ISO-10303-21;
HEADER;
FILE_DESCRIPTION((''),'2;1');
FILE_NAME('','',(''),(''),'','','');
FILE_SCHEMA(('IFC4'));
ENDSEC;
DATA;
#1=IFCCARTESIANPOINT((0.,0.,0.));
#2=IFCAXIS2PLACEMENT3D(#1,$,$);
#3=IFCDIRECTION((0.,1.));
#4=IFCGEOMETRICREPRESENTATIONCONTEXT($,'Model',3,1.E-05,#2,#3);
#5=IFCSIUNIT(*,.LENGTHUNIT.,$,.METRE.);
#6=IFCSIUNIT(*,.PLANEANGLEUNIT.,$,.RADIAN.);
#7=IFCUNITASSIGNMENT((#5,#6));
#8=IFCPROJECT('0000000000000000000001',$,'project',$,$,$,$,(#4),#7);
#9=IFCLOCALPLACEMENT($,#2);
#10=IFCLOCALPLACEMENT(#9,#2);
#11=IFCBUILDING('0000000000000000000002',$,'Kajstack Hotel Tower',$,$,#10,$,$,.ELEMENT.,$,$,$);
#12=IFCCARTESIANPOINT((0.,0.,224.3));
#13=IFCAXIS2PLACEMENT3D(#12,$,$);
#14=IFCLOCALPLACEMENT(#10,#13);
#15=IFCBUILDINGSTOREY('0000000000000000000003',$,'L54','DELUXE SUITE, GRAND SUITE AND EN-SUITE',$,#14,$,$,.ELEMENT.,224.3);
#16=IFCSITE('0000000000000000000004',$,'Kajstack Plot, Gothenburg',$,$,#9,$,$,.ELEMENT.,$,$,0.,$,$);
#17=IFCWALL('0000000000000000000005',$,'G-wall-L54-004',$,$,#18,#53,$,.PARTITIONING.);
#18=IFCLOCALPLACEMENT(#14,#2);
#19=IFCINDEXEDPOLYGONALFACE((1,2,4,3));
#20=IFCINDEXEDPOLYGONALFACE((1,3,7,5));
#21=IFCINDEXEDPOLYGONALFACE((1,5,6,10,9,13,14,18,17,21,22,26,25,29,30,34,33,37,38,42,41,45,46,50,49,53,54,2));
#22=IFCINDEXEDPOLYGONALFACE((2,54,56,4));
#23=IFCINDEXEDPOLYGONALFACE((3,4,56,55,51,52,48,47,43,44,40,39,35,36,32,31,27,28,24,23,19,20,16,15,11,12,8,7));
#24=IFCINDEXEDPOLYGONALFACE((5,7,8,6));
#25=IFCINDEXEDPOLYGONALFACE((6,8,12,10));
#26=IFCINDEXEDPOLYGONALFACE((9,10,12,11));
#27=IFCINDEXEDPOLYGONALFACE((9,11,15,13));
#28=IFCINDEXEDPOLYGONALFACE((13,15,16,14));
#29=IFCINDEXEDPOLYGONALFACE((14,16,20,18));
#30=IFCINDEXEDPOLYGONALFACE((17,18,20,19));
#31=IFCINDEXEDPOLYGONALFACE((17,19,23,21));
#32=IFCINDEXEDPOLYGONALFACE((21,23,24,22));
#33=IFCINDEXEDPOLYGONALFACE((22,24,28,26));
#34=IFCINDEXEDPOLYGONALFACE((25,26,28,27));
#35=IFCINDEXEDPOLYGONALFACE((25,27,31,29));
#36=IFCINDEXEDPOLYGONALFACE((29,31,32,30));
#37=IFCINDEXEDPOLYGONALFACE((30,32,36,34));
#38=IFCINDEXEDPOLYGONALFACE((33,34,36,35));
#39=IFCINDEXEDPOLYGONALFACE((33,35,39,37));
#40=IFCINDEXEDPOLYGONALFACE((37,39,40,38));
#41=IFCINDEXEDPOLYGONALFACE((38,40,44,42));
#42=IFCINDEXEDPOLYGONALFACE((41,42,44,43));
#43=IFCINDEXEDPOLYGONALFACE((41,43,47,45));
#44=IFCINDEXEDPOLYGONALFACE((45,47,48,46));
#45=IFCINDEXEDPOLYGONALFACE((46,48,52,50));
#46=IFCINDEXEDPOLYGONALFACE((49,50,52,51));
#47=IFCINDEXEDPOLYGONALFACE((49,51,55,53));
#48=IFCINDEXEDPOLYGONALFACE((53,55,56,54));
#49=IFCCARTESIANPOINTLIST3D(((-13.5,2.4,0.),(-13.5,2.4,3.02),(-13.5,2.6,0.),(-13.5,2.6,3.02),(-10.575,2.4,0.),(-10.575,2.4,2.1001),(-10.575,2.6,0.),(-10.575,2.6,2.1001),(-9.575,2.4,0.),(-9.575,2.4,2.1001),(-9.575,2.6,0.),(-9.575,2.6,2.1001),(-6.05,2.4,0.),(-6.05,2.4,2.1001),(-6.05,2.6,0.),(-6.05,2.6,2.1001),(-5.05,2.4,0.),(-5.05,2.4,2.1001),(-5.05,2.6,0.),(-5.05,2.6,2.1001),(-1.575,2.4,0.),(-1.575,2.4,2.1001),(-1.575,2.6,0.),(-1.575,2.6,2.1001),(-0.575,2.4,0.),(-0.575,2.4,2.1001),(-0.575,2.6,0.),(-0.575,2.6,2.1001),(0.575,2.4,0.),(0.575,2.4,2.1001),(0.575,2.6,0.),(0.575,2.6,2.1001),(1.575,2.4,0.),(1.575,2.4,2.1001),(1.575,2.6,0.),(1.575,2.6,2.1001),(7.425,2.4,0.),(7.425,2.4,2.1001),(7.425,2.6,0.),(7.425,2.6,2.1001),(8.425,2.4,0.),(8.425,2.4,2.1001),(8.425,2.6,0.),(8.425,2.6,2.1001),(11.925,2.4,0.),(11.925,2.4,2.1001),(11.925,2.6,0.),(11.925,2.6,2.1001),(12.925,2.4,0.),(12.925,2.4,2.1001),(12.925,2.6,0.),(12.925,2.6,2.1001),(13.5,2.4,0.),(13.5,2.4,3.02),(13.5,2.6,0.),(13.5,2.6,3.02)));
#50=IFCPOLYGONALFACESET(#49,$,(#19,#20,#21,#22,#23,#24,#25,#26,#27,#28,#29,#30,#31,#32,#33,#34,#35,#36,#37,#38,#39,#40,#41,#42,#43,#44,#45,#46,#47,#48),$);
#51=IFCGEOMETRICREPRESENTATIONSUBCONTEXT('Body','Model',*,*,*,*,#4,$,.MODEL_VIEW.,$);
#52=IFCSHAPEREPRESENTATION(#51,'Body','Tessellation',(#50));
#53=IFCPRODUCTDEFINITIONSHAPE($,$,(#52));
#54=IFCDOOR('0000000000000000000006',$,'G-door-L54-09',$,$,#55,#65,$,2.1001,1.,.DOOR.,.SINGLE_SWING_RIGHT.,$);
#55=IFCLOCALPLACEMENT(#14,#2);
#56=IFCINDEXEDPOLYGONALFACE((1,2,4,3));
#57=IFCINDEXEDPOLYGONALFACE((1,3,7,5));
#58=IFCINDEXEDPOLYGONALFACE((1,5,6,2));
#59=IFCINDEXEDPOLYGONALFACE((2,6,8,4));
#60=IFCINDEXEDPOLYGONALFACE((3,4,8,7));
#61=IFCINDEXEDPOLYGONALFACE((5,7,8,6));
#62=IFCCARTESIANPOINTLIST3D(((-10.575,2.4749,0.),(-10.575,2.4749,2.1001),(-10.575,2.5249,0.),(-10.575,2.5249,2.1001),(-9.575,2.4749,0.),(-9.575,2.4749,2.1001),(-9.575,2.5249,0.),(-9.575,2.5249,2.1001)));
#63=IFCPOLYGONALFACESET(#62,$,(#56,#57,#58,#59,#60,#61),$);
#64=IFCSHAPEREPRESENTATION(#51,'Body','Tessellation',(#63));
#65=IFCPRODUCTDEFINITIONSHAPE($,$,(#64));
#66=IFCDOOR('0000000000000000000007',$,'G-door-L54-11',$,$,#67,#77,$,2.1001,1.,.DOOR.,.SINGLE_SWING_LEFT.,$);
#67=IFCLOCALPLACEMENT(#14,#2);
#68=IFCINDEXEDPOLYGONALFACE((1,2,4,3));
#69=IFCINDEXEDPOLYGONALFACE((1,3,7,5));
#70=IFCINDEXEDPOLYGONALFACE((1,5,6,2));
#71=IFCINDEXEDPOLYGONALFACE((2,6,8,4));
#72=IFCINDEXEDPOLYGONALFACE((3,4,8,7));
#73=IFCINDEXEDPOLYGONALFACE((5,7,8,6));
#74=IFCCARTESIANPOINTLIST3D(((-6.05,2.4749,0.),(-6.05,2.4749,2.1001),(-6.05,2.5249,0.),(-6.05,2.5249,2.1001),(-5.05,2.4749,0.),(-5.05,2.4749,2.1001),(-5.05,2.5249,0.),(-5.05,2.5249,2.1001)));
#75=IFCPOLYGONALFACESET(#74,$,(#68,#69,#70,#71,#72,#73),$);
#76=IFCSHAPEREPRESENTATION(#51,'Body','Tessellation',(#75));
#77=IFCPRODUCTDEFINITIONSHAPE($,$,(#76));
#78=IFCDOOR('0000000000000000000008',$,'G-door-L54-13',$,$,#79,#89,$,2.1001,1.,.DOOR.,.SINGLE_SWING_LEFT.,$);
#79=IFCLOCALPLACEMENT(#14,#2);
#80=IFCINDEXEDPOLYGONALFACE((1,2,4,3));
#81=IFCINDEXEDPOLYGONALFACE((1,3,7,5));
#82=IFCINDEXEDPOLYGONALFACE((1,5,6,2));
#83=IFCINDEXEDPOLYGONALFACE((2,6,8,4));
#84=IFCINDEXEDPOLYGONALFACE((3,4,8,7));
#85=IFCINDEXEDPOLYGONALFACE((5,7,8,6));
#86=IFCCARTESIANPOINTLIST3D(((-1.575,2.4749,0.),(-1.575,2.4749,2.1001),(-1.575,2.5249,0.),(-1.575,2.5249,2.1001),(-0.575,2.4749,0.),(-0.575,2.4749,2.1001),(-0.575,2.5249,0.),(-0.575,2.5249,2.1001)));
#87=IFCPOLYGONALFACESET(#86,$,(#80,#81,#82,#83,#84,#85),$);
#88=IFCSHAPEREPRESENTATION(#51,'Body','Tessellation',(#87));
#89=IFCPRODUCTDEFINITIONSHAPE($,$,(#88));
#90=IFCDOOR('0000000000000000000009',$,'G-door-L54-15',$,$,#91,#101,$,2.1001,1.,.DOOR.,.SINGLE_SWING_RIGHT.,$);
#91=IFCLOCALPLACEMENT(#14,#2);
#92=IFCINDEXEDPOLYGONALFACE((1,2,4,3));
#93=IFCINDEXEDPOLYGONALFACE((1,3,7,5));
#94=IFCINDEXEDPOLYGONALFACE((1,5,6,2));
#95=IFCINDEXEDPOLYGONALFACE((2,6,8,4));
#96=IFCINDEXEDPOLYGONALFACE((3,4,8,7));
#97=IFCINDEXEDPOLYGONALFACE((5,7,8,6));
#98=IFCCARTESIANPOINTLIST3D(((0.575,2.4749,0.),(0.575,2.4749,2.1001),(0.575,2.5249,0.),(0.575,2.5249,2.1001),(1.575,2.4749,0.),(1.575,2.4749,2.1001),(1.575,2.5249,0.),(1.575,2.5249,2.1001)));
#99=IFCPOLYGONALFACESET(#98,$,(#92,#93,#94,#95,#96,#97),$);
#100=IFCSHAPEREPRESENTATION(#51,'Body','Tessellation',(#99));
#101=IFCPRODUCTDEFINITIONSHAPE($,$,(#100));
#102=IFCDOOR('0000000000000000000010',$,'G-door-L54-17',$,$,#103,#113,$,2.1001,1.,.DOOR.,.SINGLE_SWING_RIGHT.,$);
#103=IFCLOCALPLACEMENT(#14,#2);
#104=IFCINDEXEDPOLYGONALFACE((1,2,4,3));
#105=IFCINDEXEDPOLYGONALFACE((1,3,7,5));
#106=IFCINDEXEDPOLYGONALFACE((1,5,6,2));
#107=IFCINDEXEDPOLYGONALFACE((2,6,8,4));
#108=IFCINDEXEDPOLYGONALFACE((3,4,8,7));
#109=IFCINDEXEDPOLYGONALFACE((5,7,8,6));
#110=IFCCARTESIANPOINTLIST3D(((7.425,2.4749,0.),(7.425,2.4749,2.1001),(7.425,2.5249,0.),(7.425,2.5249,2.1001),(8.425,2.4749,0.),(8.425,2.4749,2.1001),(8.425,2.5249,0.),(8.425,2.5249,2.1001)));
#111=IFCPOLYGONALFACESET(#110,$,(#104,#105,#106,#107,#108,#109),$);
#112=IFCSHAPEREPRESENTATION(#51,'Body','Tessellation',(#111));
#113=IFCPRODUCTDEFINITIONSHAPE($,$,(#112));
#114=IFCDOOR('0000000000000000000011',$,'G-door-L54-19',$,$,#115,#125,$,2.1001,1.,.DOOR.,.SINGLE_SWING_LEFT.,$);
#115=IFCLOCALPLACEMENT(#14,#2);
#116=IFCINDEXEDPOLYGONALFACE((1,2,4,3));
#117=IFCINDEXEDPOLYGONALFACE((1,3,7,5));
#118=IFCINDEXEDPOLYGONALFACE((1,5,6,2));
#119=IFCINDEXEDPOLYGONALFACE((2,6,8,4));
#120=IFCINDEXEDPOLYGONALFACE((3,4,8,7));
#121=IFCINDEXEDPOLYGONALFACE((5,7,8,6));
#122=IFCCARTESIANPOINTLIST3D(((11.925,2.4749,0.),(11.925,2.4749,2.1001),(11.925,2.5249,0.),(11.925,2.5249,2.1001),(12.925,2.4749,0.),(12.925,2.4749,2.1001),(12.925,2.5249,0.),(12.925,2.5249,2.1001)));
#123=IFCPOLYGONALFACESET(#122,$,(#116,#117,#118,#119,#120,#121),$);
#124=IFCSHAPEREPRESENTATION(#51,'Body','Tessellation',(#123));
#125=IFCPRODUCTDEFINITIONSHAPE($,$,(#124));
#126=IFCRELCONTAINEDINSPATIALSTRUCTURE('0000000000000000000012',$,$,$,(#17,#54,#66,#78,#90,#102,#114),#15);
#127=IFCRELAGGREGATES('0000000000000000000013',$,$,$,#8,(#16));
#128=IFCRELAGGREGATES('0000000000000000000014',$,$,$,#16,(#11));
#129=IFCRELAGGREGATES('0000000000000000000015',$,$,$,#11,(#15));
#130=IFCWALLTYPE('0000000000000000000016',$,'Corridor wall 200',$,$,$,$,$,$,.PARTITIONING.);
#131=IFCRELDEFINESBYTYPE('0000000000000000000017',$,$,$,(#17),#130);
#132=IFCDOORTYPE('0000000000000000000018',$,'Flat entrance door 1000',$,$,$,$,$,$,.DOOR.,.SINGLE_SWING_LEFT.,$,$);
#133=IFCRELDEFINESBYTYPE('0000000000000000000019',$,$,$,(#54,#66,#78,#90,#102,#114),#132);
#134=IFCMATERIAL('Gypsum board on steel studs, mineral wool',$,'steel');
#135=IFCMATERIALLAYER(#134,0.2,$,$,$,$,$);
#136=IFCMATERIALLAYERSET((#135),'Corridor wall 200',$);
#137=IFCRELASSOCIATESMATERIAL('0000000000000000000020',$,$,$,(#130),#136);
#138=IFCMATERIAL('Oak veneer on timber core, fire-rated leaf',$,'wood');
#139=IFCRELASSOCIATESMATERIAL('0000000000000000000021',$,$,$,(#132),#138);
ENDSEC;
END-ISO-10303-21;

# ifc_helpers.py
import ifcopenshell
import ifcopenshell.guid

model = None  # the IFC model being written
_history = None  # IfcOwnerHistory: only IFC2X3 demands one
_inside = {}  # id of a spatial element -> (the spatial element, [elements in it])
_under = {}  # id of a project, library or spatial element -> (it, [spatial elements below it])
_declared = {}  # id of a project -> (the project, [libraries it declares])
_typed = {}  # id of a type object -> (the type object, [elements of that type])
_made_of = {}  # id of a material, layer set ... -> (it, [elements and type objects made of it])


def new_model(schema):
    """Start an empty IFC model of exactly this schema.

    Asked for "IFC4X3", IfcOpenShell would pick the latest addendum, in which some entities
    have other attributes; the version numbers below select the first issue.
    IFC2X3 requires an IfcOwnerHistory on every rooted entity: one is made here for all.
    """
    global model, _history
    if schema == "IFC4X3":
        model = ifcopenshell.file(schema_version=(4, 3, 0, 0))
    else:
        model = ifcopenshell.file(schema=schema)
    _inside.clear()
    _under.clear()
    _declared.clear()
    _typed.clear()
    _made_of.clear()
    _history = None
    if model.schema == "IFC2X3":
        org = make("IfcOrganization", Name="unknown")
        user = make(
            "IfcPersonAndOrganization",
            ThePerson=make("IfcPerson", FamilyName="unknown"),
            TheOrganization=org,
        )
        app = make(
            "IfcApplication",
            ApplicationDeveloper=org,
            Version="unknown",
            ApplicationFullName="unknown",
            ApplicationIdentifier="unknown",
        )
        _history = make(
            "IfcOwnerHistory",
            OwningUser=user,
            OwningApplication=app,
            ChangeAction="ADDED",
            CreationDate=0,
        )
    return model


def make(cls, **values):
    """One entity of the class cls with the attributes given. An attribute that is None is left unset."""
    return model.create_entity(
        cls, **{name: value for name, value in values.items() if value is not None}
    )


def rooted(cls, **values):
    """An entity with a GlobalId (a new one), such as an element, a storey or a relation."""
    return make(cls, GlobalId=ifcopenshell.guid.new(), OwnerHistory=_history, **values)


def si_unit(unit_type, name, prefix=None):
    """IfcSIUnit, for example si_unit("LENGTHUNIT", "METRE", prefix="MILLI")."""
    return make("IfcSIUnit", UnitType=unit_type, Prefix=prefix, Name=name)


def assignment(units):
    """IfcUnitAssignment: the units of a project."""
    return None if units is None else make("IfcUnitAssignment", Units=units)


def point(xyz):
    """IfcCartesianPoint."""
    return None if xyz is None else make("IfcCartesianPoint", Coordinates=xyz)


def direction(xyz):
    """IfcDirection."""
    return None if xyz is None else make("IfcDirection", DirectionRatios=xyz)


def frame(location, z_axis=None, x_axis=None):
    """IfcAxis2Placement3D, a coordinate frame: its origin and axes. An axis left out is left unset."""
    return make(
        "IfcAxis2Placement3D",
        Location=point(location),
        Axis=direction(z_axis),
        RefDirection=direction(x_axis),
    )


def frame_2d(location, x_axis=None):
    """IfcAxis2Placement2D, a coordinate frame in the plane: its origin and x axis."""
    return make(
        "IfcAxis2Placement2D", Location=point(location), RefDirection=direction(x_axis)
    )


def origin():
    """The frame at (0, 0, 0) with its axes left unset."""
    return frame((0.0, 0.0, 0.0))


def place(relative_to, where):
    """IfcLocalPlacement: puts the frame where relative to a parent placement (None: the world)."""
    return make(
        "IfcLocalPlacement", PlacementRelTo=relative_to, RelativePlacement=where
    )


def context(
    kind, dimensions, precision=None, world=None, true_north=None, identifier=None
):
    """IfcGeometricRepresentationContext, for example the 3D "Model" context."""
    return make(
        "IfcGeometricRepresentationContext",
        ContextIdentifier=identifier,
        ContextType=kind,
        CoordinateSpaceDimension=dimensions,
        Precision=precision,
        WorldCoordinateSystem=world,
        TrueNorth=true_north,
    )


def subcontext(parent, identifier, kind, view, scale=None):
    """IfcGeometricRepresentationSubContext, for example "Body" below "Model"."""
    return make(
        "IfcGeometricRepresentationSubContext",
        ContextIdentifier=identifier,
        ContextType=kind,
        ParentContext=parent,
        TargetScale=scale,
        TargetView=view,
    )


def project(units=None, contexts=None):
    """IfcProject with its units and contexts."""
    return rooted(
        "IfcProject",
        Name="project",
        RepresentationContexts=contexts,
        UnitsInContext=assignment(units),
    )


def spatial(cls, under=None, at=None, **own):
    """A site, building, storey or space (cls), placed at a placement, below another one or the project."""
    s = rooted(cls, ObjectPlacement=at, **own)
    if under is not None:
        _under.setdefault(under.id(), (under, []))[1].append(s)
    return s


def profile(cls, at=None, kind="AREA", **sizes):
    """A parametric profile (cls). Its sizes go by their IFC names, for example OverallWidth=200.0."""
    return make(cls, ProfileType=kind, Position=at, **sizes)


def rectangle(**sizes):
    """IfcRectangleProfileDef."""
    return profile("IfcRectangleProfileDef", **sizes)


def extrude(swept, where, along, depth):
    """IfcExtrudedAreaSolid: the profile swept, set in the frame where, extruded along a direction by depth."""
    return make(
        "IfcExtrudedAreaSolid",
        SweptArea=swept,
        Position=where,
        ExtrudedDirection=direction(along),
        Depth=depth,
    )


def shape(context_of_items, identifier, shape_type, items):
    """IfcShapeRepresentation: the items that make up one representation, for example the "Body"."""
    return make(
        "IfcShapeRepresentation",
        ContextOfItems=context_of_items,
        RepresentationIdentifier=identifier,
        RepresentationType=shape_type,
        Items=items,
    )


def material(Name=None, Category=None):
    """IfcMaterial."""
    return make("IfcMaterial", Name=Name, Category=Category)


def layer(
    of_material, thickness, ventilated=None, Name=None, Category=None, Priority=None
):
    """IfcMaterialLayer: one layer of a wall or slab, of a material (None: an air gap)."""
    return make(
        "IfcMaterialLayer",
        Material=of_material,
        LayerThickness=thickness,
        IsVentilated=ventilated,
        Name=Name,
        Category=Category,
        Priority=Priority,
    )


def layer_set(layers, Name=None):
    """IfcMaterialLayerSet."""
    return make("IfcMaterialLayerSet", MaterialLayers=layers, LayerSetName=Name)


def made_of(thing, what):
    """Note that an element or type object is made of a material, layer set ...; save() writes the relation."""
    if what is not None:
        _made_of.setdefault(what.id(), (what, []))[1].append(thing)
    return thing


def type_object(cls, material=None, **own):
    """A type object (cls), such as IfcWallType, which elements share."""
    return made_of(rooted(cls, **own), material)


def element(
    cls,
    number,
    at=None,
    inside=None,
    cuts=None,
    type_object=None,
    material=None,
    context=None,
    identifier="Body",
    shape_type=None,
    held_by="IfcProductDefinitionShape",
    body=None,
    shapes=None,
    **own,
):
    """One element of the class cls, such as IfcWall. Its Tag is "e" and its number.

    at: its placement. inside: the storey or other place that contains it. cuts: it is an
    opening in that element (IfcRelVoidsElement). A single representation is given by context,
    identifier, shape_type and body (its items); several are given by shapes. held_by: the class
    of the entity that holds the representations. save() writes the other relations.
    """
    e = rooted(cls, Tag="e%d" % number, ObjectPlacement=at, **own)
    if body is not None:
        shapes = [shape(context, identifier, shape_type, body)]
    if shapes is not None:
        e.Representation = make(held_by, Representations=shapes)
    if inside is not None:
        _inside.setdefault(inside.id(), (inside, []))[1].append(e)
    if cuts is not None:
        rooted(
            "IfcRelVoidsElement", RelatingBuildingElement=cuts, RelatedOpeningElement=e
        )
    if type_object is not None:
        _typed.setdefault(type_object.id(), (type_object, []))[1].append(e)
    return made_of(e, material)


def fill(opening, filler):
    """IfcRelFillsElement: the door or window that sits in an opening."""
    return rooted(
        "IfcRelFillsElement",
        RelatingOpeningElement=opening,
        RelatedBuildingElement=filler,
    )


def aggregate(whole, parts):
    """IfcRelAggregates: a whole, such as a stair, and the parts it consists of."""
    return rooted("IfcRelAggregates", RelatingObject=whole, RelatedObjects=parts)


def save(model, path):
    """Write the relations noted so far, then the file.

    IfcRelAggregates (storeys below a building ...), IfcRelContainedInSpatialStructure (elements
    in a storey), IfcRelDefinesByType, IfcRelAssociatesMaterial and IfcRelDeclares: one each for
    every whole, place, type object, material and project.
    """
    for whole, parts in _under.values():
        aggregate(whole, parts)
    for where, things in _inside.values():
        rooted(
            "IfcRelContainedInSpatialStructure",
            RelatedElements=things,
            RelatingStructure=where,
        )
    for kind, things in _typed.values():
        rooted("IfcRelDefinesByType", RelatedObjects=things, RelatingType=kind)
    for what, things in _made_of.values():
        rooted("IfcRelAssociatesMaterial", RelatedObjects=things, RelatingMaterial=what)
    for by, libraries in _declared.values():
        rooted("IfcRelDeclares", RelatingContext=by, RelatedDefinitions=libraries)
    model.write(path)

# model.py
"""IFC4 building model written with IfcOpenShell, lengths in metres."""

from ifc_helpers import new_model, si_unit, direction, frame, frame_2d, origin, place, context, subcontext, project, spatial, rectangle, extrude, material, layer, layer_set, type_object, element, fill, save


model = new_model("IFC4")

# Units and contexts
model_context = context("Model", 3, precision=1e-05, world=origin(), true_north=direction((0.0, 1.0)))
body_context = subcontext(model_context, "Body", "Model", "MODEL_VIEW")
ifc_project = project(units=[si_unit("LENGTHUNIT", "METRE"), si_unit("PLANEANGLEUNIT", "RADIAN")], contexts=[model_context])

# Site, building, storey
site_placement = place(None, origin())
site = spatial("IfcSite", under=ifc_project, at=site_placement, Name="Kajstack Plot, Gothenburg", CompositionType="ELEMENT", RefElevation=0.0)
building_placement = place(site_placement, origin())
building = spatial("IfcBuilding", under=site, at=building_placement, Name="Kajstack Hotel Tower", CompositionType="ELEMENT")
storey_placement = place(building_placement, frame((0.0, 0.0, 224.3)))
storey = spatial("IfcBuildingStorey", under=building, at=storey_placement, Name="L54", Description="DELUXE SUITE, GRAND SUITE AND EN-SUITE", CompositionType="ELEMENT", Elevation=224.3)

# Wall, openings, doors
ifc_material_1 = material(Name="Gypsum board on steel studs, mineral wool", Category="steel")
ifc_layer_1 = layer(ifc_material_1, 0.2)
ifc_layer_set_1 = layer_set([ifc_layer_1], Name="Corridor wall 200")
wall_type_1 = type_object("IfcWallType", Name="Corridor wall 200", PredefinedType="PARTITIONING", material=ifc_layer_set_1)
wall_1_placement = place(storey_placement, frame((-13.5, 2.5, 0.0), z_axis=(0.0, 0.0, 1.0), x_axis=(1.0, 0.0, 0.0)))
wall_1 = element("IfcWall", 1, at=wall_1_placement, inside=storey, type_object=wall_type_1, Name="G-wall-L54-004", PredefinedType="PARTITIONING", context=body_context, shape_type="SweptSolid", body=[
    extrude(rectangle(XDim=27.0, YDim=0.2, at=frame_2d((13.5, 0.0))), origin(), (0.0, 0.0, 1.0), 3.02),
])
opening_1_placement = place(wall_1_placement, frame((2.925, 0.0, 0.0)))
opening_1 = element("IfcOpeningElement", 2, at=opening_1_placement, cuts=wall_1, PredefinedType="OPENING", context=body_context, shape_type="SweptSolid", body=[
    extrude(rectangle(XDim=1.0, YDim=2.1001, at=frame_2d((0.5, 1.05))), frame((0.0, 0.1099, 0.0), z_axis=(0.0, -1.0, 0.0), x_axis=(1.0, 0.0, 0.0)), (0.0, 0.0, 1.0), 0.22),
])
opening_2_placement = place(wall_1_placement, frame((7.45, 0.0, 0.0)))
opening_2 = element("IfcOpeningElement", 3, at=opening_2_placement, cuts=wall_1, PredefinedType="OPENING", context=body_context, shape_type="SweptSolid", body=[
    extrude(rectangle(XDim=1.0, YDim=2.1001, at=frame_2d((0.5, 1.05))), frame((0.0, 0.1099, 0.0), z_axis=(0.0, -1.0, 0.0), x_axis=(1.0, 0.0, 0.0)), (0.0, 0.0, 1.0), 0.22),
])
opening_3_placement = place(wall_1_placement, frame((11.925, 0.0, 0.0)))
opening_3 = element("IfcOpeningElement", 4, at=opening_3_placement, cuts=wall_1, PredefinedType="OPENING", context=body_context, shape_type="SweptSolid", body=[
    extrude(rectangle(XDim=1.0, YDim=2.1001, at=frame_2d((0.5, 1.05))), frame((0.0, 0.1099, 0.0), z_axis=(0.0, -1.0, 0.0), x_axis=(1.0, 0.0, 0.0)), (0.0, 0.0, 1.0), 0.22),
])
opening_4_placement = place(wall_1_placement, frame((14.075, 0.0, 0.0)))
opening_4 = element("IfcOpeningElement", 5, at=opening_4_placement, cuts=wall_1, PredefinedType="OPENING", context=body_context, shape_type="SweptSolid", body=[
    extrude(rectangle(XDim=1.0, YDim=2.1001, at=frame_2d((0.5, 1.05))), frame((0.0, 0.1099, 0.0), z_axis=(0.0, -1.0, 0.0), x_axis=(1.0, 0.0, 0.0)), (0.0, 0.0, 1.0), 0.22),
])
opening_5_placement = place(wall_1_placement, frame((20.925, 0.0, 0.0)))
opening_5 = element("IfcOpeningElement", 6, at=opening_5_placement, cuts=wall_1, PredefinedType="OPENING", context=body_context, shape_type="SweptSolid", body=[
    extrude(rectangle(XDim=1.0, YDim=2.1001, at=frame_2d((0.5, 1.05))), frame((0.0, 0.1099, 0.0), z_axis=(0.0, -1.0, 0.0), x_axis=(1.0, 0.0, 0.0)), (0.0, 0.0, 1.0), 0.22),
])
opening_6_placement = place(wall_1_placement, frame((25.425, 0.0, 0.0)))
opening_6 = element("IfcOpeningElement", 7, at=opening_6_placement, cuts=wall_1, PredefinedType="OPENING", context=body_context, shape_type="SweptSolid", body=[
    extrude(rectangle(XDim=1.0, YDim=2.1001, at=frame_2d((0.5, 1.05))), frame((0.0, 0.1099, 0.0), z_axis=(0.0, -1.0, 0.0), x_axis=(1.0, 0.0, 0.0)), (0.0, 0.0, 1.0), 0.22),
])
ifc_material_2 = material(Name="Oak veneer on timber core, fire-rated leaf", Category="wood")
door_type_1 = type_object("IfcDoorType", Name="Flat entrance door 1000", OperationType="SINGLE_SWING_LEFT", PredefinedType="DOOR", material=ifc_material_2)
door_1_placement = place(opening_1_placement, origin())
door_1 = element("IfcDoor", 8, at=door_1_placement, inside=storey, type_object=door_type_1, Name="G-door-L54-09", OperationType="SINGLE_SWING_RIGHT", OverallHeight=2.1001, OverallWidth=1.0, PredefinedType="DOOR", context=body_context, shape_type="SweptSolid", body=[
    extrude(rectangle(XDim=1.0, YDim=2.1001, at=frame_2d((0.5, 1.05))), frame((0.0, 0.0249, 0.0), z_axis=(0.0, -1.0, 0.0), x_axis=(1.0, 0.0, 0.0)), (0.0, 0.0, 1.0), 0.05),
])
fill(opening_1, door_1)
door_2_placement = place(opening_2_placement, origin())
door_2 = element("IfcDoor", 9, at=door_2_placement, inside=storey, type_object=door_type_1, Name="G-door-L54-11", OperationType="SINGLE_SWING_LEFT", OverallHeight=2.1001, OverallWidth=1.0, PredefinedType="DOOR", context=body_context, shape_type="SweptSolid", body=[
    extrude(rectangle(XDim=1.0, YDim=2.1001, at=frame_2d((0.5, 1.05))), frame((0.0, 0.0249, 0.0), z_axis=(0.0, -1.0, 0.0), x_axis=(1.0, 0.0, 0.0)), (0.0, 0.0, 1.0), 0.05),
])
fill(opening_2, door_2)
door_3_placement = place(opening_3_placement, origin())
door_3 = element("IfcDoor", 10, at=door_3_placement, inside=storey, type_object=door_type_1, Name="G-door-L54-13", OperationType="SINGLE_SWING_LEFT", OverallHeight=2.1001, OverallWidth=1.0, PredefinedType="DOOR", context=body_context, shape_type="SweptSolid", body=[
    extrude(rectangle(XDim=1.0, YDim=2.1001, at=frame_2d((0.5, 1.05))), frame((0.0, 0.0249, 0.0), z_axis=(0.0, -1.0, 0.0), x_axis=(1.0, 0.0, 0.0)), (0.0, 0.0, 1.0), 0.05),
])
fill(opening_3, door_3)
door_4_placement = place(opening_4_placement, origin())
door_4 = element("IfcDoor", 11, at=door_4_placement, inside=storey, type_object=door_type_1, Name="G-door-L54-15", OperationType="SINGLE_SWING_RIGHT", OverallHeight=2.1001, OverallWidth=1.0, PredefinedType="DOOR", context=body_context, shape_type="SweptSolid", body=[
    extrude(rectangle(XDim=1.0, YDim=2.1001, at=frame_2d((0.5, 1.05))), frame((0.0, 0.0249, 0.0), z_axis=(0.0, -1.0, 0.0), x_axis=(1.0, 0.0, 0.0)), (0.0, 0.0, 1.0), 0.05),
])
fill(opening_4, door_4)
door_5_placement = place(opening_5_placement, origin())
door_5 = element("IfcDoor", 12, at=door_5_placement, inside=storey, type_object=door_type_1, Name="G-door-L54-17", OperationType="SINGLE_SWING_RIGHT", OverallHeight=2.1001, OverallWidth=1.0, PredefinedType="DOOR", context=body_context, shape_type="SweptSolid", body=[
    extrude(rectangle(XDim=1.0, YDim=2.1001, at=frame_2d((0.5, 1.05))), frame((0.0, 0.0249, 0.0), z_axis=(0.0, -1.0, 0.0), x_axis=(1.0, 0.0, 0.0)), (0.0, 0.0, 1.0), 0.05),
])
fill(opening_5, door_5)
door_6_placement = place(opening_6_placement, origin())
door_6 = element("IfcDoor", 13, at=door_6_placement, inside=storey, type_object=door_type_1, Name="G-door-L54-19", OperationType="SINGLE_SWING_LEFT", OverallHeight=2.1001, OverallWidth=1.0, PredefinedType="DOOR", context=body_context, shape_type="SweptSolid", body=[
    extrude(rectangle(XDim=1.0, YDim=2.1001, at=frame_2d((0.5, 1.05))), frame((0.0, 0.0249, 0.0), z_axis=(0.0, -1.0, 0.0), x_axis=(1.0, 0.0, 0.0)), (0.0, 0.0, 1.0), 0.05),
])
fill(opening_6, door_6)

save(model, "model.ifc")
